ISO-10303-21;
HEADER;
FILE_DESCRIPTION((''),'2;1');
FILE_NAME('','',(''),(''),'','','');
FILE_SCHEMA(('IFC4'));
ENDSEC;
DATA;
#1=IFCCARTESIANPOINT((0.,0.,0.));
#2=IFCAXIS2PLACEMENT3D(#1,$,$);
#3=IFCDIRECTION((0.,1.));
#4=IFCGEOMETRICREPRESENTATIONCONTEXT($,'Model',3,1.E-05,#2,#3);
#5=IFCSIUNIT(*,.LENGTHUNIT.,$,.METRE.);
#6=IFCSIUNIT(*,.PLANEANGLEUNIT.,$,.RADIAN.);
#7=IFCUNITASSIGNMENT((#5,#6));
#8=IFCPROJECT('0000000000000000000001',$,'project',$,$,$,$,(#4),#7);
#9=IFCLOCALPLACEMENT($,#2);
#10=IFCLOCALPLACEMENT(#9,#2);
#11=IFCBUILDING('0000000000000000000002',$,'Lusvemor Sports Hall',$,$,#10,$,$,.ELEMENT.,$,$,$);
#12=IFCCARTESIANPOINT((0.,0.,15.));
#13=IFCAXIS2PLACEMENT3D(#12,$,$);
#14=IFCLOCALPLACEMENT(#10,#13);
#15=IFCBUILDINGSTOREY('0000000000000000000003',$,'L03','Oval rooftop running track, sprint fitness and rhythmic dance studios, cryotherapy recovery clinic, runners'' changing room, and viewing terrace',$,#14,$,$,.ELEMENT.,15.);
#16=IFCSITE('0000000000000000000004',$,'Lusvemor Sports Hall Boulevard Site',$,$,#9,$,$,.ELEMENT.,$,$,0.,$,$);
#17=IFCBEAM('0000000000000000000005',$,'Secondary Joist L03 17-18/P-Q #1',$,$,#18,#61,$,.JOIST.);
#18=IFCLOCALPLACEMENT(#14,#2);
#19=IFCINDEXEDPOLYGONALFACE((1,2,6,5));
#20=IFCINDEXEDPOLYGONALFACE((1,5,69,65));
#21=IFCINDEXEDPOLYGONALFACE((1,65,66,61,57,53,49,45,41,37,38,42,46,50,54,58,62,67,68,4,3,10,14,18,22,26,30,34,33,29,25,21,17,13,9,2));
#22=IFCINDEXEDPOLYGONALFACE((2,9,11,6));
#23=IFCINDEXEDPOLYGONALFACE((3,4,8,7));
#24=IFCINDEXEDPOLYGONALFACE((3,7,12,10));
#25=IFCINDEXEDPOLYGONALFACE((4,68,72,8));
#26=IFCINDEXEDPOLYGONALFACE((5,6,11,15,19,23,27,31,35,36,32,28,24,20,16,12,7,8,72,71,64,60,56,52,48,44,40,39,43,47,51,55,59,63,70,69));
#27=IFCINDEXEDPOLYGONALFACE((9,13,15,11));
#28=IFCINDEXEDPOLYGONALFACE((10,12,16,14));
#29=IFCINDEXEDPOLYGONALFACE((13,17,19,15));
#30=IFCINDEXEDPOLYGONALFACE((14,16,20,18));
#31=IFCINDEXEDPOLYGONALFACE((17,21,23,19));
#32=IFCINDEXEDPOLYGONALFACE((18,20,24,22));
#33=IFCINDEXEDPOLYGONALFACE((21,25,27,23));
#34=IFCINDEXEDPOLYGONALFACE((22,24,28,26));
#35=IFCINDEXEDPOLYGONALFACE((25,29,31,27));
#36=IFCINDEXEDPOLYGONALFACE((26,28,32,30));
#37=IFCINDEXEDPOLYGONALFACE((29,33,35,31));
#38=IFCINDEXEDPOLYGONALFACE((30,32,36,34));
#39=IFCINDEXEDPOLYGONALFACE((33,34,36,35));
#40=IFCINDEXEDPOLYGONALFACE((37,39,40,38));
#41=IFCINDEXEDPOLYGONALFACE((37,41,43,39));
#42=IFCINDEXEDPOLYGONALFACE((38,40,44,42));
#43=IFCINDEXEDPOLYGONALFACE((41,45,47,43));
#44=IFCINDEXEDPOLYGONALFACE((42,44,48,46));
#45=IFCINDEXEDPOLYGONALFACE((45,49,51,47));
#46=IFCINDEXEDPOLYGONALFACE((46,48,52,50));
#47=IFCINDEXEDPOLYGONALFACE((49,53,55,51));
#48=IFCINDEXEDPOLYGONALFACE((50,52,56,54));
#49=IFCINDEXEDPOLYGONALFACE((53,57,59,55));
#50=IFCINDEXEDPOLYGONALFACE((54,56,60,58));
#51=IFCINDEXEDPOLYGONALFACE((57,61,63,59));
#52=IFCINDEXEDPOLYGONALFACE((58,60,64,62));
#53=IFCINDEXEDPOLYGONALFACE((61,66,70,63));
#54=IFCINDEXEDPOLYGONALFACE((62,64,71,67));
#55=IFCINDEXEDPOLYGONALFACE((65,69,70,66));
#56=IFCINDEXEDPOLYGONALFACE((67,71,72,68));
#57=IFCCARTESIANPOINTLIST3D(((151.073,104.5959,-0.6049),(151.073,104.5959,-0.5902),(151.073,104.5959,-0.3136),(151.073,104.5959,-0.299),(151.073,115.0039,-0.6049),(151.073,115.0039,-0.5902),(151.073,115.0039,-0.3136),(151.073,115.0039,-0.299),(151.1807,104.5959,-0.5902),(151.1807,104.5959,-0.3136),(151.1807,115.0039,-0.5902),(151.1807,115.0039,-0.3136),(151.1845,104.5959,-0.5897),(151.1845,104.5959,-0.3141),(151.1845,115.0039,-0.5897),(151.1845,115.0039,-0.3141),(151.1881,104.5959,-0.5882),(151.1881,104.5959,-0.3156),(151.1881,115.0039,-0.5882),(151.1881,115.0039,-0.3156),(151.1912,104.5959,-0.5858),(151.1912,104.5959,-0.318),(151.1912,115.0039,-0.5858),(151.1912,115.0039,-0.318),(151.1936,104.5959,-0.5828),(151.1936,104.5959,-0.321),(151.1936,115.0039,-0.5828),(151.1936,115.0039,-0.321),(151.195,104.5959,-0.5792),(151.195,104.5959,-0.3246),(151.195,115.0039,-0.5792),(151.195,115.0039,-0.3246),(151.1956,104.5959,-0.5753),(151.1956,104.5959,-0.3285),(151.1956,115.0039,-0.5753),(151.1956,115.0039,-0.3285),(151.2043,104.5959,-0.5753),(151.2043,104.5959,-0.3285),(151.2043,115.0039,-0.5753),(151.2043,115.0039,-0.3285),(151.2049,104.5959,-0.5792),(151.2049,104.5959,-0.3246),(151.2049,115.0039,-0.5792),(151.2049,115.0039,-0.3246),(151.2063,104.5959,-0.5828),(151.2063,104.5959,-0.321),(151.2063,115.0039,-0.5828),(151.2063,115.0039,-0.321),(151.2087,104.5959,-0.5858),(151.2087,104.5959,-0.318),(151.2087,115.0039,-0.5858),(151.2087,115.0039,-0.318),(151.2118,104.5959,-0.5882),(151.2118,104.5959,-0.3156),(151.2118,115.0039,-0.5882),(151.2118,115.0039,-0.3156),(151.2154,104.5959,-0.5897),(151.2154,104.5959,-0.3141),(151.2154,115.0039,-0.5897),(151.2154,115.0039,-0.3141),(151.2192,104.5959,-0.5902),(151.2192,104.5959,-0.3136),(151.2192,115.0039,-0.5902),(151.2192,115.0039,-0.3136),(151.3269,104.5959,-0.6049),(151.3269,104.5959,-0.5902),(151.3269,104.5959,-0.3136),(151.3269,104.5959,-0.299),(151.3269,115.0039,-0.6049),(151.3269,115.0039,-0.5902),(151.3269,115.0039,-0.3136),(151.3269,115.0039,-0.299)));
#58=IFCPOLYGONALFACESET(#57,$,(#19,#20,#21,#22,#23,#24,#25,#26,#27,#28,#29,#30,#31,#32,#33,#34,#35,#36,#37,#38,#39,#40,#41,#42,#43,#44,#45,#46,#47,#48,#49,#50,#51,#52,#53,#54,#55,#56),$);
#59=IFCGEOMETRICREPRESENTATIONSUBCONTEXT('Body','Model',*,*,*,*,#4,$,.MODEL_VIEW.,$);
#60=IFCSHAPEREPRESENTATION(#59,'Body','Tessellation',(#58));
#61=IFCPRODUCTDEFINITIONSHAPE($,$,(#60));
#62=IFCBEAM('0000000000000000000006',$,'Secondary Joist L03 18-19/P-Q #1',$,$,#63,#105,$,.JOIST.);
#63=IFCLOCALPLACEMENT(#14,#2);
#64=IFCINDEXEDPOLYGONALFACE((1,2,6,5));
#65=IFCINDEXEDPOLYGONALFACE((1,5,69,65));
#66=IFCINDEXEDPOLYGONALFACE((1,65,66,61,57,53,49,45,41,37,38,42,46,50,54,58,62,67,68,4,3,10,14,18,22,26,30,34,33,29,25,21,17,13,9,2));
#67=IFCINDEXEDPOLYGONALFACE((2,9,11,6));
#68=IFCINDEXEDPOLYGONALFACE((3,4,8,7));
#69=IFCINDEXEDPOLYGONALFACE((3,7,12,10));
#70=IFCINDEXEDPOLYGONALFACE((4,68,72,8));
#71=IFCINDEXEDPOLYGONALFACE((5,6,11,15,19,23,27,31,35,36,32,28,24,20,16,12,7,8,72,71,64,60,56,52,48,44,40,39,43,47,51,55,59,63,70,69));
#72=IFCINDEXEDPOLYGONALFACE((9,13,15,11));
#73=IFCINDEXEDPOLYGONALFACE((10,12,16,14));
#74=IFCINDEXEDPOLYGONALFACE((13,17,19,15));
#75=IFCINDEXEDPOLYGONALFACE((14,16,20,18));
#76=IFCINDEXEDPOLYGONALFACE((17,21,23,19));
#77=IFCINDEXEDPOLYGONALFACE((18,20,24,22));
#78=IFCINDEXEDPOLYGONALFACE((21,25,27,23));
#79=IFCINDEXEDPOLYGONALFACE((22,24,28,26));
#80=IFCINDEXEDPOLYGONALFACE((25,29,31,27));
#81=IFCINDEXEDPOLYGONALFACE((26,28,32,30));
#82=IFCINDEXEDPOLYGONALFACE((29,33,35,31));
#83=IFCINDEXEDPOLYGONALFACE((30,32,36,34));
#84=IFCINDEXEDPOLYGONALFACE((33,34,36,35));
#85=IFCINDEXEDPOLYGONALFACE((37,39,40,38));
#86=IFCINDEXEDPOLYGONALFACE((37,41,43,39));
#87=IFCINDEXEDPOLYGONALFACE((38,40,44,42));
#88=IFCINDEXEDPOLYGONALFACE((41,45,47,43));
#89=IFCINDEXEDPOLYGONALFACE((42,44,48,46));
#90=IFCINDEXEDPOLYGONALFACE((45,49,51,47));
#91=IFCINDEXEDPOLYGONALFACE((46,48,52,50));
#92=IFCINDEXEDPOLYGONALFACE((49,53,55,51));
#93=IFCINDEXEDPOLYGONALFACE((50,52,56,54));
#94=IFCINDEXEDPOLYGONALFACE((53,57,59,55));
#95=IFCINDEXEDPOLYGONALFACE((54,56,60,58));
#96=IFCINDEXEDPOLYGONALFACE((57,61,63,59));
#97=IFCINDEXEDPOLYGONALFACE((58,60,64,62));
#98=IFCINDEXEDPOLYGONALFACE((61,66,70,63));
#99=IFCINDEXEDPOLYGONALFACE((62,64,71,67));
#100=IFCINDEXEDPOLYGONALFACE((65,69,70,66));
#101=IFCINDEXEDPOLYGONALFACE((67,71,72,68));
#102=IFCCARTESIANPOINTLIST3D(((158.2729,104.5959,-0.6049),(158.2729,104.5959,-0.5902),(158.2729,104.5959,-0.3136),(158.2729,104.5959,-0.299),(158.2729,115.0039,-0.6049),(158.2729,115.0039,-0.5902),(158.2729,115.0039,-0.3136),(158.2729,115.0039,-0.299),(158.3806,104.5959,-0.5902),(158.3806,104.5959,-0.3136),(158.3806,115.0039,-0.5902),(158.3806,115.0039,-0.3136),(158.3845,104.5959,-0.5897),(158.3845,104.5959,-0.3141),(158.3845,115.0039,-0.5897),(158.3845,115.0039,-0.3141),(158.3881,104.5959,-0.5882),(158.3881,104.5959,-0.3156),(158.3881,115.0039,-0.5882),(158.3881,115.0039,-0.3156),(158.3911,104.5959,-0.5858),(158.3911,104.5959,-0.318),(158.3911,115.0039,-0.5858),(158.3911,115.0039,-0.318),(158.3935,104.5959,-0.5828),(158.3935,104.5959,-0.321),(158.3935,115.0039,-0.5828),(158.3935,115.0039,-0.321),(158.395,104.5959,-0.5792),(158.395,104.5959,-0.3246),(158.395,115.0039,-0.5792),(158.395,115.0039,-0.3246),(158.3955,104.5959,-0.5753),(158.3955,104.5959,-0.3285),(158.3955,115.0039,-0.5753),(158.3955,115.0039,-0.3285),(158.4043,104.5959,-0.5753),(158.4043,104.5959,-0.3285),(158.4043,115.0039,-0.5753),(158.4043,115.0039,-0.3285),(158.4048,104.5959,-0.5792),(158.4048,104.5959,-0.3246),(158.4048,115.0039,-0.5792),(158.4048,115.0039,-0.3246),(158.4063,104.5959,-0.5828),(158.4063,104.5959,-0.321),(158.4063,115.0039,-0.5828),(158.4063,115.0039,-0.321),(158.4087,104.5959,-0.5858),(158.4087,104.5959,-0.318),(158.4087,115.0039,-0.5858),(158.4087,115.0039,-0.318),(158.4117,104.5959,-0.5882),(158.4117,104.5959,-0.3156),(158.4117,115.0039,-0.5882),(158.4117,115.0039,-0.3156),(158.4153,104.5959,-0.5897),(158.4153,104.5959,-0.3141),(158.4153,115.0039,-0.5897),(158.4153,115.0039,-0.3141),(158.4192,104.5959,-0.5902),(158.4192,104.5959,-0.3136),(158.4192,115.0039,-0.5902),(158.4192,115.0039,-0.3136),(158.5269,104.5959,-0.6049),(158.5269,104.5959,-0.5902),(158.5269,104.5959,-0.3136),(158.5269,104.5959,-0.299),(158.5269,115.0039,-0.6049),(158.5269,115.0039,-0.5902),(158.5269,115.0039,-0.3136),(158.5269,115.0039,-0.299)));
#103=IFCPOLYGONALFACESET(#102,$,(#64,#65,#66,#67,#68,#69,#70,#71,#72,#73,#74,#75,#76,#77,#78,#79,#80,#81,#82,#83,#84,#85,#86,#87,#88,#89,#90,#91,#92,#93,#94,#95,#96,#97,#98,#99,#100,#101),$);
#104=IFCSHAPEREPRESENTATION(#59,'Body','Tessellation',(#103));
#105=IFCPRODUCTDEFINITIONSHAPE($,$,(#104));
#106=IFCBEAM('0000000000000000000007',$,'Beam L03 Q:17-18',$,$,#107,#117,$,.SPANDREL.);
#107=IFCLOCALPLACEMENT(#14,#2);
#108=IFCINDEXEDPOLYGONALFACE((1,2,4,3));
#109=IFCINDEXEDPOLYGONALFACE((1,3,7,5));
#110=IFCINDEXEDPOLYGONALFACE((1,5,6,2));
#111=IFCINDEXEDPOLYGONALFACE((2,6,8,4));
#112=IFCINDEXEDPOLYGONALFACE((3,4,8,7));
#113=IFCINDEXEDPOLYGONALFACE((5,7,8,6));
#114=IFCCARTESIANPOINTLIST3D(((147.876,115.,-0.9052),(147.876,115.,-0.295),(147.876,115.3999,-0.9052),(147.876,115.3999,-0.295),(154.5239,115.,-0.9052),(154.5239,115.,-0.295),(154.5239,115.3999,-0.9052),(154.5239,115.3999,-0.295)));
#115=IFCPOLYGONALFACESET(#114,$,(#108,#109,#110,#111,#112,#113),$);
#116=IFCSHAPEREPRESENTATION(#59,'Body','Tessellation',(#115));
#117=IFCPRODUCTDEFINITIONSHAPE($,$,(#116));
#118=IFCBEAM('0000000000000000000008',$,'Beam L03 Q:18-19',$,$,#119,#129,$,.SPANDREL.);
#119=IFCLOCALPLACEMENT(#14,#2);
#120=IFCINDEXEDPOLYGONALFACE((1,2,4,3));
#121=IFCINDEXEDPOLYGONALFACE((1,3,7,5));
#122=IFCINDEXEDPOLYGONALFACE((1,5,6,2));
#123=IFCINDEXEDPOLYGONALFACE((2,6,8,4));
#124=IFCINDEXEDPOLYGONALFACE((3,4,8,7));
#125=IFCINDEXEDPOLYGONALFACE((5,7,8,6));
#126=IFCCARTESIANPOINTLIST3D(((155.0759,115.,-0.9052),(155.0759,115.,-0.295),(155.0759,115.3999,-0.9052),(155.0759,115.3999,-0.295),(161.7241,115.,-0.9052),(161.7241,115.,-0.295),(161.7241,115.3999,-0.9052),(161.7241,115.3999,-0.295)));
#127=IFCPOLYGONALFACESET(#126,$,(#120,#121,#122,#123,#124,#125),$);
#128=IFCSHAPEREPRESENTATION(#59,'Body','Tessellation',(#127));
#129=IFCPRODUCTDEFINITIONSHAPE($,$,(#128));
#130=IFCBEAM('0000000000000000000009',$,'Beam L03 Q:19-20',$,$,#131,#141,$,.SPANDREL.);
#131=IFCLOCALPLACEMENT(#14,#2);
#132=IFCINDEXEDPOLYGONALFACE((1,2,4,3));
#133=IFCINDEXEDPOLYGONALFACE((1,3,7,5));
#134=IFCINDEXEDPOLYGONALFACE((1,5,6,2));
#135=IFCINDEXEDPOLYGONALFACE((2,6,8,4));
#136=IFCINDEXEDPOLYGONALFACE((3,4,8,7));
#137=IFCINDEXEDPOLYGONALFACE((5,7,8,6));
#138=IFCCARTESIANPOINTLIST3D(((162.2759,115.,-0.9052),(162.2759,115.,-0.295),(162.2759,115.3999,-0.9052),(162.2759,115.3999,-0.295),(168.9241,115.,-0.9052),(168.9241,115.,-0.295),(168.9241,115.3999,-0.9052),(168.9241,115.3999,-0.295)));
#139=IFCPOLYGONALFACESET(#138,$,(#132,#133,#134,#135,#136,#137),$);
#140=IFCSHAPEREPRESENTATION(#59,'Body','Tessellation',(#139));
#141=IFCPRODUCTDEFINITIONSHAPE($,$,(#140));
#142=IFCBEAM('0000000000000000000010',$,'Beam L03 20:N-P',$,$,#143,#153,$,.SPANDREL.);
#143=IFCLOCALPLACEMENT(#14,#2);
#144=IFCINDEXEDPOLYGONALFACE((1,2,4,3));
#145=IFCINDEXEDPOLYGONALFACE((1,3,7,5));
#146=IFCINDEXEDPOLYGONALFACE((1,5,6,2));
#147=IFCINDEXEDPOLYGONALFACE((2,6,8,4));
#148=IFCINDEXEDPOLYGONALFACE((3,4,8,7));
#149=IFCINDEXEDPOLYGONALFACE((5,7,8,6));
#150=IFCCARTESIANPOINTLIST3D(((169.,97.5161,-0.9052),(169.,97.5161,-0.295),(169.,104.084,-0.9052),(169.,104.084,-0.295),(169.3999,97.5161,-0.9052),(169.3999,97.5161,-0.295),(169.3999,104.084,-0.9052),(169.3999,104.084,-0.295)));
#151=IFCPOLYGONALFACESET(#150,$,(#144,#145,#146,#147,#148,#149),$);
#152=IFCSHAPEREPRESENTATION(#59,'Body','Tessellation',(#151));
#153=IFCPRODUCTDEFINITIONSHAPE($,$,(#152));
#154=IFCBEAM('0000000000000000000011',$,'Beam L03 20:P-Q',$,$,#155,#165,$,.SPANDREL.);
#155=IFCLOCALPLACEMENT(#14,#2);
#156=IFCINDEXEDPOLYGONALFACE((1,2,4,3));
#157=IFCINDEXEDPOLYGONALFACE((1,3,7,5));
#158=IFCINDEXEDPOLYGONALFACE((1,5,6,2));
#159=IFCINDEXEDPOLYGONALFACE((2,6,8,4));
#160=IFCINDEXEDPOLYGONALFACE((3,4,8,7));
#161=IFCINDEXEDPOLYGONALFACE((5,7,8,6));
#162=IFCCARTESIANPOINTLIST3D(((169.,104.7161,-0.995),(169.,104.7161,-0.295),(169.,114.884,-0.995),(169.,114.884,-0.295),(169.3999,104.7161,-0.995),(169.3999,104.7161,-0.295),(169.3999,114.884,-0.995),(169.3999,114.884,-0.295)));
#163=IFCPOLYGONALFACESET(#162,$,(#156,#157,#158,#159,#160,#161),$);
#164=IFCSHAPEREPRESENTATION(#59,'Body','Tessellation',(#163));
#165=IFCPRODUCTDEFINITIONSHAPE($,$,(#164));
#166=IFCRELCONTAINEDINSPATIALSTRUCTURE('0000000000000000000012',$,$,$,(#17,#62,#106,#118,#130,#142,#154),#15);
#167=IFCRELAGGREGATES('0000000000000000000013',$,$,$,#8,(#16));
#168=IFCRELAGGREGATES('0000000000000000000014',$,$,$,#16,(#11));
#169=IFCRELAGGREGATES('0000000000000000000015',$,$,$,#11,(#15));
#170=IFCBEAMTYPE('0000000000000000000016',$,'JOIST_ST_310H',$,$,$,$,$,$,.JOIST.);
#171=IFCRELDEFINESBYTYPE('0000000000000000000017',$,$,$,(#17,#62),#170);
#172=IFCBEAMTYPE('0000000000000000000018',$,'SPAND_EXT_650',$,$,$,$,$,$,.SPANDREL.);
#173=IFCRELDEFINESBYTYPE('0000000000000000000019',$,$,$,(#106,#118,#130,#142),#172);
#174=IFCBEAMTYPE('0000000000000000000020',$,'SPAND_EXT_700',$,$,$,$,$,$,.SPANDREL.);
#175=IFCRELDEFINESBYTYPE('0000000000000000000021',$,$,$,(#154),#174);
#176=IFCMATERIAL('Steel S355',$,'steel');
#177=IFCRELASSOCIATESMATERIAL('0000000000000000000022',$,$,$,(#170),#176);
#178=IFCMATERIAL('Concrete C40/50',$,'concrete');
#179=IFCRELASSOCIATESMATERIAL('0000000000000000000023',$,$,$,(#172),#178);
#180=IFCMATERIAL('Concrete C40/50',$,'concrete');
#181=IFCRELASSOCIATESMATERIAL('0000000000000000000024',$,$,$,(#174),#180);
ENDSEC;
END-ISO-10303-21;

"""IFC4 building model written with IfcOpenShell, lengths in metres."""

from ifc_helpers import new_model, si_unit, direction, frame, origin, origin_2d, place, context, subcontext, project, spatial, rectangle, i_section, extrude, material, material_profile, profile_set, type_object, element, save


model = new_model("IFC4")

# Units and contexts
model_context = context("Model", 3, precision=1e-05, world=origin(), true_north=direction((0.0, 1.0)))
body_context = subcontext(model_context, "Body", "Model", "MODEL_VIEW")
ifc_project = project(units=[si_unit("LENGTHUNIT", "METRE"), si_unit("PLANEANGLEUNIT", "RADIAN")], contexts=[model_context])

# Site, building, storey
site_placement = place(None, origin())
site = spatial("IfcSite", under=ifc_project, at=site_placement, Name="Lusvemor Sports Hall Boulevard Site", CompositionType="ELEMENT", RefElevation=0.0)
building_placement = place(site_placement, origin())
building = spatial("IfcBuilding", under=site, at=building_placement, Name="Lusvemor Sports Hall", CompositionType="ELEMENT")
storey_placement = place(building_placement, frame((0.0, 0.0, 15.0)))
storey = spatial("IfcBuildingStorey", under=building, at=storey_placement, Name="L03", Description="Oval rooftop running track, sprint fitness and rhythmic dance studios, cryotherapy recovery clinic, runners' changing room, and viewing terrace", CompositionType="ELEMENT", Elevation=15.0)

# Beams
ifc_material_1 = material(Name="Steel S355", Category="steel")
ifc_material_profile_1 = material_profile(ifc_material_1, i_section(OverallWidth=0.2539, OverallDepth=0.3059, WebThickness=0.0088, FlangeThickness=0.0146, FilletRadius=0.0149, at=origin_2d()), Name="W310x79.0")
ifc_profile_set_1 = profile_set([ifc_material_profile_1], Name="Steel S355")
beam_type_1 = type_object("IfcBeamType", Name="JOIST_ST_310H", PredefinedType="JOIST", material=ifc_profile_set_1)
for number, where, z_axis, x_axis, name in (
    (1, (151.2, 104.5959, -0.4519), (0.0, 1.0, 0.0), (-1.0, 0.0, 0.0), "Secondary Joist L03 17-18/P-Q #1"),
    (2, (158.3999, 104.5959, -0.4519), (0.0, 1.0, 0.0), (-1.0, 0.0, 0.0), "Secondary Joist L03 18-19/P-Q #1"),
):
    element("IfcBeam", number, at=place(storey_placement, frame(where, z_axis=z_axis, x_axis=x_axis)), inside=storey, type_object=beam_type_1, Name=name, PredefinedType="JOIST", context=body_context, shape_type="SweptSolid", body=[
        extrude(i_section(OverallWidth=0.2539, OverallDepth=0.3059, WebThickness=0.0088, FlangeThickness=0.0146, FilletRadius=0.0149, at=origin_2d()), origin(), (0.0, 0.0, 1.0), 10.408),
    ])
ifc_material_2 = material(Name="Concrete C40/50", Category="concrete")
ifc_material_profile_2 = material_profile(ifc_material_2, rectangle(XDim=0.3999, YDim=0.6101, at=origin_2d()), Name="RC400x610")
ifc_profile_set_2 = profile_set([ifc_material_profile_2], Name="Concrete C40/50")
beam_type_2 = type_object("IfcBeamType", Name="SPAND_EXT_650", PredefinedType="SPANDREL", material=ifc_profile_set_2)
beam_1_placement = place(storey_placement, frame((147.876, 115.2, -0.6001), z_axis=(1.0, 0.0, 0.0), x_axis=(0.0, 1.0, 0.0)))
element("IfcBeam", 3, at=beam_1_placement, inside=storey, type_object=beam_type_2, Name="Beam L03 Q:17-18", PredefinedType="SPANDREL", context=body_context, shape_type="SweptSolid", body=[
    extrude(rectangle(XDim=0.3999, YDim=0.6101, at=origin_2d()), origin(), (0.0, 0.0, 1.0), 6.6479),
])
for number, where, z_axis, x_axis, name in (
    (4, (155.0759, 115.2, -0.6001), (1.0, 0.0, 0.0), (0.0, 1.0, 0.0), "Beam L03 Q:18-19"),
    (5, (162.2759, 115.2, -0.6001), (1.0, 0.0, 0.0), (0.0, 1.0, 0.0), "Beam L03 Q:19-20"),
):
    element("IfcBeam", number, at=place(storey_placement, frame(where, z_axis=z_axis, x_axis=x_axis)), inside=storey, type_object=beam_type_2, Name=name, PredefinedType="SPANDREL", context=body_context, shape_type="SweptSolid", body=[
        extrude(rectangle(XDim=0.3999, YDim=0.6101, at=origin_2d()), origin(), (0.0, 0.0, 1.0), 6.6482),
    ])
beam_2_placement = place(storey_placement, frame((169.2, 97.5161, -0.6001), z_axis=(0.0, 1.0, 0.0), x_axis=(-1.0, 0.0, 0.0)))
element("IfcBeam", 6, at=beam_2_placement, inside=storey, type_object=beam_type_2, Name="Beam L03 20:N-P", PredefinedType="SPANDREL", context=body_context, shape_type="SweptSolid", body=[
    extrude(rectangle(XDim=0.3999, YDim=0.6101, at=origin_2d()), origin(), (0.0, 0.0, 1.0), 6.5679),
])
ifc_material_3 = material(Name="Concrete C40/50", Category="concrete")
ifc_material_profile_3 = material_profile(ifc_material_3, rectangle(XDim=0.3999, YDim=0.7, at=origin_2d()), Name="RC400x700")
ifc_profile_set_3 = profile_set([ifc_material_profile_3], Name="Concrete C40/50")
beam_type_3 = type_object("IfcBeamType", Name="SPAND_EXT_700", PredefinedType="SPANDREL", material=ifc_profile_set_3)
beam_3_placement = place(storey_placement, frame((169.2, 104.7161, -0.645), z_axis=(0.0, 1.0, 0.0), x_axis=(-1.0, 0.0, 0.0)))
element("IfcBeam", 7, at=beam_3_placement, inside=storey, type_object=beam_type_3, Name="Beam L03 20:P-Q", PredefinedType="SPANDREL", context=body_context, shape_type="SweptSolid", body=[
    extrude(rectangle(XDim=0.3999, YDim=0.7, at=origin_2d()), origin(), (0.0, 0.0, 1.0), 10.168),
])

save(model, "model.ifc")
